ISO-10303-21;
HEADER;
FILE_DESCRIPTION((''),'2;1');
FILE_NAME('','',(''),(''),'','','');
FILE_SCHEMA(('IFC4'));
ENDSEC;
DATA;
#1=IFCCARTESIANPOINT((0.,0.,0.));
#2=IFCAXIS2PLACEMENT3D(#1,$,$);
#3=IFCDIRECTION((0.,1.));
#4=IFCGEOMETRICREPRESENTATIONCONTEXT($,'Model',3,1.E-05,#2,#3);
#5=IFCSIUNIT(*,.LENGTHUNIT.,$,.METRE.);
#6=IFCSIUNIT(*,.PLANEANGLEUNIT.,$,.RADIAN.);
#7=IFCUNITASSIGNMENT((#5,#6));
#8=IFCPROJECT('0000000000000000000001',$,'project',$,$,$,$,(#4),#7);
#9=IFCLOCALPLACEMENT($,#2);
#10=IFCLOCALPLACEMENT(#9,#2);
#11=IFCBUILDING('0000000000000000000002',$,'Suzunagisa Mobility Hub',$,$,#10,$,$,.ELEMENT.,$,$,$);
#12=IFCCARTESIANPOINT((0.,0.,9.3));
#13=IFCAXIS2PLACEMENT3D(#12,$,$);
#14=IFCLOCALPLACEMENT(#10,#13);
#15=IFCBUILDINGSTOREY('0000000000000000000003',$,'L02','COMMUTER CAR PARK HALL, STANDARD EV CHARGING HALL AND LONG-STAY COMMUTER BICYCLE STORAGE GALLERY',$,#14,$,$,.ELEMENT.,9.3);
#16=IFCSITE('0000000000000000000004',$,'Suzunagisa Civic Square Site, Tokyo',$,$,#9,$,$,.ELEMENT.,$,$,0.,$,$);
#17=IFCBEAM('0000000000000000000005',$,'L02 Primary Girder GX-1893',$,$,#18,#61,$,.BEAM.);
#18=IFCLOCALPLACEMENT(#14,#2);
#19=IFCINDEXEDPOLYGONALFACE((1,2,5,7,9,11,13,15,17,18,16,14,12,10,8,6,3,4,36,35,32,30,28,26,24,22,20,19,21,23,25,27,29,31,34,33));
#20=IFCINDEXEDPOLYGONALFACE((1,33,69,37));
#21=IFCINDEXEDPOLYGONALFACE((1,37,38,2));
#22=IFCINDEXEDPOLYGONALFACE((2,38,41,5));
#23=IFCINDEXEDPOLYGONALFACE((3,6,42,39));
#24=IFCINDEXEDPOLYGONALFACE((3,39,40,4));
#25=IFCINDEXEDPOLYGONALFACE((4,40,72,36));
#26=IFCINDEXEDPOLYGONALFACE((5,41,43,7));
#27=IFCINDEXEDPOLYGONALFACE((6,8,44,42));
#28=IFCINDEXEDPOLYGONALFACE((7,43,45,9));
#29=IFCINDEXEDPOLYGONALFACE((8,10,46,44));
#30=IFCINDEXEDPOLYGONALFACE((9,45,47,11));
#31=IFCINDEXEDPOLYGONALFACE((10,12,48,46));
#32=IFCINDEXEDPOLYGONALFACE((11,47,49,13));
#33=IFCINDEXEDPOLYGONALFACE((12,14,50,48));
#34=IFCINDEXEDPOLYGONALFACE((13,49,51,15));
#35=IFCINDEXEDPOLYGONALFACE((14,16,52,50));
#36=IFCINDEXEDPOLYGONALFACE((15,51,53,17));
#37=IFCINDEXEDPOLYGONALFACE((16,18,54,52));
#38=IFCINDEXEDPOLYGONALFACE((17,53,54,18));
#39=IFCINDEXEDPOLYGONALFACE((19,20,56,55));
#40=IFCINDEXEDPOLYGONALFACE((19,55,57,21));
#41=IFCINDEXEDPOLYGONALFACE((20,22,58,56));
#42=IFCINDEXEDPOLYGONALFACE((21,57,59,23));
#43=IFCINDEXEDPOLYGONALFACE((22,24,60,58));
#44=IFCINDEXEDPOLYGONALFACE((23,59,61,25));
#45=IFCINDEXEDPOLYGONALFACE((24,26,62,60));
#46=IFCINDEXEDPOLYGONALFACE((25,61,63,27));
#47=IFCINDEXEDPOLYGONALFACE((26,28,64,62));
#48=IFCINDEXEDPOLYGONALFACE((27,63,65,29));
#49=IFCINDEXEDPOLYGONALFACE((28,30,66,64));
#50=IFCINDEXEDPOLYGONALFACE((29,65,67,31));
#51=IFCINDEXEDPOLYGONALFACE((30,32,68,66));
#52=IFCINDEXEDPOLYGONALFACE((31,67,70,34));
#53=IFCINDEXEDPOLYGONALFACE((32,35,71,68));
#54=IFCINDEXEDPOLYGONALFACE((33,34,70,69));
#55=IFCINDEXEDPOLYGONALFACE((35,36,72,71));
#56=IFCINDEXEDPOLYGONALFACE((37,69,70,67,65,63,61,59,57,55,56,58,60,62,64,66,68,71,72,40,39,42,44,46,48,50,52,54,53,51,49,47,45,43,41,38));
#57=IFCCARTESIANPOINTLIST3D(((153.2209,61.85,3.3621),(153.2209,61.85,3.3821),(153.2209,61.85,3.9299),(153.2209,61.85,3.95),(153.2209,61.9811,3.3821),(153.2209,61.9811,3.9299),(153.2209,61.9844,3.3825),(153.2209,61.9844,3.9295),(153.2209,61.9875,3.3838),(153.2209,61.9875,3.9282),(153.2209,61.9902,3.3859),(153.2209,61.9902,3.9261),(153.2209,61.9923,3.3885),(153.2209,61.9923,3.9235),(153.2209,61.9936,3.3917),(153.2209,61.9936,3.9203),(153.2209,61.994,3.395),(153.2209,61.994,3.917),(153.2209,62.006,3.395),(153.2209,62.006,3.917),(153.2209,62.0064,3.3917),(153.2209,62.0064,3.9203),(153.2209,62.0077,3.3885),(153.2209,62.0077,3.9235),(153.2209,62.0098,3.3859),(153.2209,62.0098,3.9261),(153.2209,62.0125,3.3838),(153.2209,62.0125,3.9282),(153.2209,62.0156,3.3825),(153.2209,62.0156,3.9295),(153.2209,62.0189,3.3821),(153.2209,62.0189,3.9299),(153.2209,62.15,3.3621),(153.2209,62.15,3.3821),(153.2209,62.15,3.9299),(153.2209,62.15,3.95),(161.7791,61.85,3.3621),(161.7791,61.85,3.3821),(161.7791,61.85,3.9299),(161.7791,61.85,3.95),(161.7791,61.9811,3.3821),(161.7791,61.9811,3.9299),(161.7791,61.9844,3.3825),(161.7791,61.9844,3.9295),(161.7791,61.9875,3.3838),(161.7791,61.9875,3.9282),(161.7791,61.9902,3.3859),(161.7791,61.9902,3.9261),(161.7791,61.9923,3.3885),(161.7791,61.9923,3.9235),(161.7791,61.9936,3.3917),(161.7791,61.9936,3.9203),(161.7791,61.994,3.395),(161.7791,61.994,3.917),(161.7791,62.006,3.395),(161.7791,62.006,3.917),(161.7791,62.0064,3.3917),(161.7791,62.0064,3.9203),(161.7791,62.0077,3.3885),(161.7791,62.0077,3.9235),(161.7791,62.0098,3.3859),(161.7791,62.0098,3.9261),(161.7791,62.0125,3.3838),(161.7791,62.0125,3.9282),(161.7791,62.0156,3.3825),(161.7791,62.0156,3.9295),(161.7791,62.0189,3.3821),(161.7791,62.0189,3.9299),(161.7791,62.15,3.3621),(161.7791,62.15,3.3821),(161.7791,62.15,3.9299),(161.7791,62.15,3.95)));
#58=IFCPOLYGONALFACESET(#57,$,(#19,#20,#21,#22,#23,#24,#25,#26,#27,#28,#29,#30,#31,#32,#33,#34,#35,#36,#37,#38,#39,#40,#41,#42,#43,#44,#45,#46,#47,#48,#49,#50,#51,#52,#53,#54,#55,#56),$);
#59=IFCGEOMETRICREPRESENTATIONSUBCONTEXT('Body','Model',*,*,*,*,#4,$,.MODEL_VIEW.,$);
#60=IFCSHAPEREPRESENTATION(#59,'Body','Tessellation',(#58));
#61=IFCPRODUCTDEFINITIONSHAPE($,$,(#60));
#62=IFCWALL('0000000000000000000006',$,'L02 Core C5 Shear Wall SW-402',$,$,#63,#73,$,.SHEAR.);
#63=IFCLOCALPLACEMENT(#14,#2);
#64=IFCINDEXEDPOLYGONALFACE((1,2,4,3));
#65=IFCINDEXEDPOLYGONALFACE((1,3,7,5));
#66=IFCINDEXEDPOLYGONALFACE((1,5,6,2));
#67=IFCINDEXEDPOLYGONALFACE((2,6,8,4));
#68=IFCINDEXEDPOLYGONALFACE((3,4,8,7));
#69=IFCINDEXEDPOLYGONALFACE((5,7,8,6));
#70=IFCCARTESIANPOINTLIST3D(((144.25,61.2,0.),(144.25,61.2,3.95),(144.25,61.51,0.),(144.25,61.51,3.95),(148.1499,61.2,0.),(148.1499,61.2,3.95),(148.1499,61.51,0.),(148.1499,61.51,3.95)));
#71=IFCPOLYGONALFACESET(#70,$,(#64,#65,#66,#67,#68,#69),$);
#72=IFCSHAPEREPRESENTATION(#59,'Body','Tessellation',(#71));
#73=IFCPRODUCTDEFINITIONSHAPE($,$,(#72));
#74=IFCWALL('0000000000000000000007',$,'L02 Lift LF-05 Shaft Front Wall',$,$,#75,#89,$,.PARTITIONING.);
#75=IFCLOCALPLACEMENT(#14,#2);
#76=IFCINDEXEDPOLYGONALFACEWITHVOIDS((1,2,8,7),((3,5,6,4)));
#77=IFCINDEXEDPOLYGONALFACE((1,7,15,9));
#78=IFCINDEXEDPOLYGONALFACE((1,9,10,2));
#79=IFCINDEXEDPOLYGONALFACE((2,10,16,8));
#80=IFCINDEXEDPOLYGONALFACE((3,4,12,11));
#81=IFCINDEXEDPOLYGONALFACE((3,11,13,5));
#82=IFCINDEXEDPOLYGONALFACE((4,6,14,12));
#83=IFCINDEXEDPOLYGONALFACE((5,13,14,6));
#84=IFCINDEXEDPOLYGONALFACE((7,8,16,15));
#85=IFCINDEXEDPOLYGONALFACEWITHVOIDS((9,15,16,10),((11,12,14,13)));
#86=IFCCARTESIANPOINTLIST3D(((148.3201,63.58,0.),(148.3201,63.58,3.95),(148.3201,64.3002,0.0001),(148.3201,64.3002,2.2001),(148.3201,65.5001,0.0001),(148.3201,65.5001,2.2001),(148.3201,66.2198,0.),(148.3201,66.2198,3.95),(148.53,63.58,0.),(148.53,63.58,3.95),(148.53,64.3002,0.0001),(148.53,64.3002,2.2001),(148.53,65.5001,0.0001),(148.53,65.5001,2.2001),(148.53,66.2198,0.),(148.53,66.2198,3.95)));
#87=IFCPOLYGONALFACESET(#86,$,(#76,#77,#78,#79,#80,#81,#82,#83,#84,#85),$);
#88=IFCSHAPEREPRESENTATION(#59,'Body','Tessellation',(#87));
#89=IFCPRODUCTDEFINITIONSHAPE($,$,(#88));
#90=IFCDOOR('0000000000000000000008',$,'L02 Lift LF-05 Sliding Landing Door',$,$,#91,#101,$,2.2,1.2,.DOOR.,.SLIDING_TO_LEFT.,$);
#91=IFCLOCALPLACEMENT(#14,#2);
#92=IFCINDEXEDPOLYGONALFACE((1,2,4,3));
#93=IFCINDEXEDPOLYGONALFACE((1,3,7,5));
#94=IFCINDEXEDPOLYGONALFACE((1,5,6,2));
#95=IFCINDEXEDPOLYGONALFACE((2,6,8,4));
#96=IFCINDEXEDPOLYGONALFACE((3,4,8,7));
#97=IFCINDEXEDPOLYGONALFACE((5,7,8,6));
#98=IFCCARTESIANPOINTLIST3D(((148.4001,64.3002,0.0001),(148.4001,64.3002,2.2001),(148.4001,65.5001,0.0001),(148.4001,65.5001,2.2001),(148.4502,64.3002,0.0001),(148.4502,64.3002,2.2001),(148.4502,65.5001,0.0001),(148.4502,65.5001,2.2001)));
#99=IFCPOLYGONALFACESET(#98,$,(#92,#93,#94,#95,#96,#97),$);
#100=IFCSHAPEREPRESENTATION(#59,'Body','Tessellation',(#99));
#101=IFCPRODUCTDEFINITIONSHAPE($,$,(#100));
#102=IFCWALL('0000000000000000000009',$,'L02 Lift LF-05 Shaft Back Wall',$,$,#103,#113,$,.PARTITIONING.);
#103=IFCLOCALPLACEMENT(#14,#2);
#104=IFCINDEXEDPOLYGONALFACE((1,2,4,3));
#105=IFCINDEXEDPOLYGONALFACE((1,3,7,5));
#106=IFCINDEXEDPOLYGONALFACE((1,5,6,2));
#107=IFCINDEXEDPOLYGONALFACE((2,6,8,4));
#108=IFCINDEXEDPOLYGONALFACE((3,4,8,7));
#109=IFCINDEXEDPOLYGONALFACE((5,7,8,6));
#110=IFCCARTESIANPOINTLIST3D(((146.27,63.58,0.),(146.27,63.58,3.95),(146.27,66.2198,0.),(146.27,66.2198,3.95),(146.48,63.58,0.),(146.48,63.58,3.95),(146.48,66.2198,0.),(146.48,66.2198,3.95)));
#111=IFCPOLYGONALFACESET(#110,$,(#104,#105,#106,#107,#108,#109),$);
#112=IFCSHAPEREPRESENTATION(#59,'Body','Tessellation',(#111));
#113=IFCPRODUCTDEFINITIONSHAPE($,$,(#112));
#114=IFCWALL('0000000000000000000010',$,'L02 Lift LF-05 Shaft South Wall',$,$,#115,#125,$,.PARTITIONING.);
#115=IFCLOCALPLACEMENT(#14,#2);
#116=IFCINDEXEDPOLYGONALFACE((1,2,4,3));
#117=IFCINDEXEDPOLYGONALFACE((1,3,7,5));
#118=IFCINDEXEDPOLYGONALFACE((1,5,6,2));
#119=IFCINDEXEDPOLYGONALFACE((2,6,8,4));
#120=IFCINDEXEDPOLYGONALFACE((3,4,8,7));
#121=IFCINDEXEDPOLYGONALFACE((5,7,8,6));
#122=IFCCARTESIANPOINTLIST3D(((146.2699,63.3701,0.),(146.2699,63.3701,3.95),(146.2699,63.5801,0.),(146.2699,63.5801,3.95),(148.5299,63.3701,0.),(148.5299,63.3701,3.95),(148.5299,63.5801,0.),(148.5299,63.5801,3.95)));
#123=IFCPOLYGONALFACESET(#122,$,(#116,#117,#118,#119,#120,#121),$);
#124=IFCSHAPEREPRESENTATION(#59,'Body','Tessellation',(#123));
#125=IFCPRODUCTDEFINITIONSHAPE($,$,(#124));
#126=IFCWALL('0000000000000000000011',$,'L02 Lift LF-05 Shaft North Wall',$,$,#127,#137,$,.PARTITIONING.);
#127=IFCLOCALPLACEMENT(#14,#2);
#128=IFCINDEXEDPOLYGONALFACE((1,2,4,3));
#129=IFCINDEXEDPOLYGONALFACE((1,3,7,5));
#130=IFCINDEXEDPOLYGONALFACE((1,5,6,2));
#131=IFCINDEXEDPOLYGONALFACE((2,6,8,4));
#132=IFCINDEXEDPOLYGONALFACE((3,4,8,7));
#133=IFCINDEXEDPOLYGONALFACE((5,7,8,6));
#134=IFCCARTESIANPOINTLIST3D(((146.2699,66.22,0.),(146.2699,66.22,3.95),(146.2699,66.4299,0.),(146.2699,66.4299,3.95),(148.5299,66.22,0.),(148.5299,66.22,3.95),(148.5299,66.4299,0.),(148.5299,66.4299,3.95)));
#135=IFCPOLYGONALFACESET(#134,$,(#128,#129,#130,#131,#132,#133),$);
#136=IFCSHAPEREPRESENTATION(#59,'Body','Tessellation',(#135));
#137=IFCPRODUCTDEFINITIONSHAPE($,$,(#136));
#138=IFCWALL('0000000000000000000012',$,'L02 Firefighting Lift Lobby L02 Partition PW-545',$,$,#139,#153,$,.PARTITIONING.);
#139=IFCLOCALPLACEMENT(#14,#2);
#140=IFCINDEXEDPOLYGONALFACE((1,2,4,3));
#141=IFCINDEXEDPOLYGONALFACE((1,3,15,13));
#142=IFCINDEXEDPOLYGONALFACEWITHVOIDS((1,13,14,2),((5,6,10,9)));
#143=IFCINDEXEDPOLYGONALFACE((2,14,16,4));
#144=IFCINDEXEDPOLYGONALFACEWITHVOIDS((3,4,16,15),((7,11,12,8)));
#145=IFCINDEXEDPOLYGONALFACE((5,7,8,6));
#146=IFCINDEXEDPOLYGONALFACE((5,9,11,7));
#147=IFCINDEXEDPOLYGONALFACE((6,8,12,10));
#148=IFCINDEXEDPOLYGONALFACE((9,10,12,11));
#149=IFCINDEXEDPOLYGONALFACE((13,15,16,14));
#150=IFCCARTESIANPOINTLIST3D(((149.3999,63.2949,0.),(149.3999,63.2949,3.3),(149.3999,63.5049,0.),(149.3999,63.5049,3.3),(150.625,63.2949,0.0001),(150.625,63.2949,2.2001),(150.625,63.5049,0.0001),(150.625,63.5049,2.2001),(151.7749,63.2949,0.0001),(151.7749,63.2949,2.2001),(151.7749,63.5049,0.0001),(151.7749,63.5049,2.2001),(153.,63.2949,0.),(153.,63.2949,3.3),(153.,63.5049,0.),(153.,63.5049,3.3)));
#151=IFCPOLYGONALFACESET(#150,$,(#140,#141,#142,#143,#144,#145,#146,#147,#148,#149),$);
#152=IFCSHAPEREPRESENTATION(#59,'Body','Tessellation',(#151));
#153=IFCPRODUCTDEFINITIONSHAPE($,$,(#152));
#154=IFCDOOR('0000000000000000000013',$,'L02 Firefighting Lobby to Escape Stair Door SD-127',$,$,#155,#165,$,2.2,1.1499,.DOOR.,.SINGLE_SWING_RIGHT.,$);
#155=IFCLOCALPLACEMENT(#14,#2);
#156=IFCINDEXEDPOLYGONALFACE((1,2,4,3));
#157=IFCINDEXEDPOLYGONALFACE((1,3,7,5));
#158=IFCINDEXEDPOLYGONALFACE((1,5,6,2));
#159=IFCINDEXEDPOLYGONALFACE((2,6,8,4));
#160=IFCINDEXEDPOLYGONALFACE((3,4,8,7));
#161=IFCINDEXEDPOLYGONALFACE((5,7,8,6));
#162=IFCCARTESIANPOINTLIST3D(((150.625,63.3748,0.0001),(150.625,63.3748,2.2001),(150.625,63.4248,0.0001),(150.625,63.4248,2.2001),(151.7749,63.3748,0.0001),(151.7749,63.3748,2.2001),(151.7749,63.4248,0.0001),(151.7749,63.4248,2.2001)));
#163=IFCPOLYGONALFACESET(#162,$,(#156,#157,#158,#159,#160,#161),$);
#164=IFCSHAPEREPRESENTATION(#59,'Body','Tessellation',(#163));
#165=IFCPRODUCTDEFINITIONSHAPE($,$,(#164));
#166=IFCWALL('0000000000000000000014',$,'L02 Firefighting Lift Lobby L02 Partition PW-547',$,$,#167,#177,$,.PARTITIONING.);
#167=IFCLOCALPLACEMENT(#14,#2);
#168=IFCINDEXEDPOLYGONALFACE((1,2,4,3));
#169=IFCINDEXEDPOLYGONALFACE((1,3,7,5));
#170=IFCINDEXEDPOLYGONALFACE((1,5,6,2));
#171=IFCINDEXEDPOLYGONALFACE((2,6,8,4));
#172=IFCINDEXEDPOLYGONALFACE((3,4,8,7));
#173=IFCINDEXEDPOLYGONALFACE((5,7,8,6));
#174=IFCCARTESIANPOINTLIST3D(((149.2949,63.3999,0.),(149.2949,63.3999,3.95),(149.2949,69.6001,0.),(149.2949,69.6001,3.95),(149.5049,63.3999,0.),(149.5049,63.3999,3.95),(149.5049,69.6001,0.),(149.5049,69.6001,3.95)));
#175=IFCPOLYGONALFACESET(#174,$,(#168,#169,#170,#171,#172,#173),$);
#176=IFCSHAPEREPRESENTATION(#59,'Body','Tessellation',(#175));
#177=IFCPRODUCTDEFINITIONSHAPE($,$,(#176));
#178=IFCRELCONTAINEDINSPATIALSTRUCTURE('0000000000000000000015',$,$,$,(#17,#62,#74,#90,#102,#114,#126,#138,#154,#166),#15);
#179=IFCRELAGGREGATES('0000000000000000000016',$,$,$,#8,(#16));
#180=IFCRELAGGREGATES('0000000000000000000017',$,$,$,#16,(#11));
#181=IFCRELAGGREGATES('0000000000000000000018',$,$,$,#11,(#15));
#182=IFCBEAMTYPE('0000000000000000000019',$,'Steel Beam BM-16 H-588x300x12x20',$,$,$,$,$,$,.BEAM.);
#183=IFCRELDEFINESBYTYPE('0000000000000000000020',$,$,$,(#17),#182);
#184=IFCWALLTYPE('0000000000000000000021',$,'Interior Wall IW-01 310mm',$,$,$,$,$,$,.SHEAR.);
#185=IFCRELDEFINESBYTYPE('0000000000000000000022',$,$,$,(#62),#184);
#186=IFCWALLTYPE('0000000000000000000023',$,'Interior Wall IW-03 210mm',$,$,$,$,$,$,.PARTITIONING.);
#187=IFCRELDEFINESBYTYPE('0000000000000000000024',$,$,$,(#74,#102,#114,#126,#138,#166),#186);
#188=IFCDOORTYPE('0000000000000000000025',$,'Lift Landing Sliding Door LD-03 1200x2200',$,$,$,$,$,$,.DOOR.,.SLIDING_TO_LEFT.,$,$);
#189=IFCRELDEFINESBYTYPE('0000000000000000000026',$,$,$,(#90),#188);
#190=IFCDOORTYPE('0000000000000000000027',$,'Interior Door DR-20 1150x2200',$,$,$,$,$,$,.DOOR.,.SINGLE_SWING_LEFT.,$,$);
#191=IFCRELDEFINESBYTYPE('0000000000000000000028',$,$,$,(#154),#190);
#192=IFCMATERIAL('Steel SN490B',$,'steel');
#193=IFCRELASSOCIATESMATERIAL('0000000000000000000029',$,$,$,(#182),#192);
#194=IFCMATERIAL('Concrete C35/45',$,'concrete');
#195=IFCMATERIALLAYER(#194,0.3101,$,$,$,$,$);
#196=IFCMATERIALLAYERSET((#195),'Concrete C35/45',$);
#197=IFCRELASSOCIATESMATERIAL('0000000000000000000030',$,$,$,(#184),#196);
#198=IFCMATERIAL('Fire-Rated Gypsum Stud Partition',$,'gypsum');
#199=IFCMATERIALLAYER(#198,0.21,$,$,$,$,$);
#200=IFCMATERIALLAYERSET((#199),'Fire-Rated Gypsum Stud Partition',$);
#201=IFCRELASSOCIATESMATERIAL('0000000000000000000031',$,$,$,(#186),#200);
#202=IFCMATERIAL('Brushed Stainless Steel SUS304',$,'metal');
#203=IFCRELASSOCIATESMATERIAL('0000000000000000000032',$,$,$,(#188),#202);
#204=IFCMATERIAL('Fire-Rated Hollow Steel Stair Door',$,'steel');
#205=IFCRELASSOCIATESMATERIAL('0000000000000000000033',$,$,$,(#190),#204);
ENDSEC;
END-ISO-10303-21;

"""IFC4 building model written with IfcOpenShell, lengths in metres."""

from ifc_helpers import new_model, si_unit, direction, frame, frame_2d, origin, origin_2d, place, context, subcontext, project, spatial, rectangle, i_section, extrude, material, layer, layer_set, material_profile, profile_set, type_object, element, fill, save


model = new_model("IFC4")

# Units and contexts
model_context = context("Model", 3, precision=1e-05, world=origin(), true_north=direction((0.0, 1.0)))
body_context = subcontext(model_context, "Body", "Model", "MODEL_VIEW")
ifc_project = project(units=[si_unit("LENGTHUNIT", "METRE"), si_unit("PLANEANGLEUNIT", "RADIAN")], contexts=[model_context])

# Site, building, storey
site_placement = place(None, origin())
site = spatial("IfcSite", under=ifc_project, at=site_placement, Name="Suzunagisa Civic Square Site, Tokyo", CompositionType="ELEMENT", RefElevation=0.0)
building_placement = place(site_placement, origin())
building = spatial("IfcBuilding", under=site, at=building_placement, Name="Suzunagisa Mobility Hub", CompositionType="ELEMENT")
storey_placement = place(building_placement, frame((0.0, 0.0, 9.3)))
storey = spatial("IfcBuildingStorey", under=building, at=storey_placement, Name="L02", Description="COMMUTER CAR PARK HALL, STANDARD EV CHARGING HALL AND LONG-STAY COMMUTER BICYCLE STORAGE GALLERY", CompositionType="ELEMENT", Elevation=9.3)

# Shared definitions
ifc_material_1 = material(Name="Steel SN490B", Category="steel")

# Beam
ifc_material_profile_1 = material_profile(ifc_material_1, i_section(OverallWidth=0.3, OverallDepth=0.5879, WebThickness=0.012, FlangeThickness=0.02, FilletRadius=0.0129, at=origin_2d()), Name="H-588x300x12x20")
ifc_profile_set_1 = profile_set([ifc_material_profile_1], Name="Steel SN490B")
beam_type_1 = type_object("IfcBeamType", Name="Steel Beam BM-16 H-588x300x12x20", PredefinedType="BEAM", material=ifc_profile_set_1)
for number, where, z_axis, x_axis, name in (
    (1, (153.2209, 62.0, 3.656), (1.0, 0.0, 0.0), (0.0, 1.0, 0.0), "L02 Primary Girder GX-1893"),
):
    element("IfcBeam", number, at=place(storey_placement, frame(where, z_axis=z_axis, x_axis=x_axis)), inside=storey, type_object=beam_type_1, Name=name, PredefinedType="BEAM", context=body_context, shape_type="SweptSolid", body=[
        extrude(i_section(OverallWidth=0.3, OverallDepth=0.5879, WebThickness=0.012, FlangeThickness=0.02, FilletRadius=0.0129, at=origin_2d()), origin(), (0.0, 0.0, 1.0), 8.5581),
    ])

# Wall
ifc_material_2 = material(Name="Concrete C35/45", Category="concrete")
ifc_layer_1 = layer(ifc_material_2, 0.3101)
ifc_layer_set_1 = layer_set([ifc_layer_1], Name="Concrete C35/45")
wall_type_1 = type_object("IfcWallType", Name="Interior Wall IW-01 310mm", PredefinedType="SHEAR", material=ifc_layer_set_1)
wall_1_placement = place(storey_placement, frame((144.25, 61.355, 0.0), z_axis=(0.0, 0.0, 1.0), x_axis=(1.0, 0.0, 0.0)))
element("IfcWall", 2, at=wall_1_placement, inside=storey, type_object=wall_type_1, Name="L02 Core C5 Shear Wall SW-402", PredefinedType="SHEAR", context=body_context, shape_type="SweptSolid", body=[
    extrude(rectangle(XDim=3.8999, YDim=0.3101, at=frame_2d((1.95, 0.0))), origin(), (0.0, 0.0, 1.0), 3.95),
])

# Wall, opening, door
ifc_material_3 = material(Name="Fire-Rated Gypsum Stud Partition", Category="gypsum")
ifc_layer_2 = layer(ifc_material_3, 0.21)
ifc_layer_set_2 = layer_set([ifc_layer_2], Name="Fire-Rated Gypsum Stud Partition")
wall_type_2 = type_object("IfcWallType", Name="Interior Wall IW-03 210mm", PredefinedType="PARTITIONING", material=ifc_layer_set_2)
wall_2_placement = place(storey_placement, frame((148.425, 63.5801, 0.0), z_axis=(0.0, 0.0, 1.0), x_axis=(0.0, 1.0, 0.0)))
wall_2 = element("IfcWall", 3, at=wall_2_placement, inside=storey, type_object=wall_type_2, Name="L02 Lift LF-05 Shaft Front Wall", PredefinedType="PARTITIONING", context=body_context, shape_type="SweptSolid", body=[
    extrude(rectangle(XDim=2.6399, YDim=0.21, at=frame_2d((1.3198, 0.0))), origin(), (0.0, 0.0, 1.0), 3.95),
])
opening_1_placement = place(wall_2_placement, frame((0.72, 0.0, 0.0)))
opening_1 = element("IfcOpeningElement", 4, at=opening_1_placement, cuts=wall_2, PredefinedType="OPENING", context=body_context, shape_type="SweptSolid", body=[
    extrude(rectangle(XDim=1.2, YDim=2.2, at=frame_2d((0.6001, 1.1001))), frame((0.0, 0.116, 0.0), z_axis=(0.0, -1.0, 0.0), x_axis=(1.0, 0.0, 0.0)), (0.0, 0.0, 1.0), 0.2319),
])
ifc_material_4 = material(Name="Brushed Stainless Steel SUS304", Category="metal")
door_type_1 = type_object("IfcDoorType", Name="Lift Landing Sliding Door LD-03 1200x2200", OperationType="SLIDING_TO_LEFT", PredefinedType="DOOR", material=ifc_material_4)
door_1_placement = place(opening_1_placement, origin())
door_1 = element("IfcDoor", 5, at=door_1_placement, inside=storey, type_object=door_type_1, Name="L02 Lift LF-05 Sliding Landing Door", OperationType="SLIDING_TO_LEFT", OverallHeight=2.2, OverallWidth=1.2, PredefinedType="DOOR", context=body_context, shape_type="SweptSolid", body=[
    extrude(rectangle(XDim=1.2, YDim=2.2, at=frame_2d((0.6001, 1.1001))), frame((0.0, 0.0249, 0.0), z_axis=(0.0, -1.0, 0.0), x_axis=(1.0, 0.0, 0.0)), (0.0, 0.0, 1.0), 0.05),
])
fill(opening_1, door_1)

# Walls
wall_3_placement = place(storey_placement, frame((146.375, 63.5801, 0.0), z_axis=(0.0, 0.0, 1.0), x_axis=(0.0, 1.0, 0.0)))
element("IfcWall", 6, at=wall_3_placement, inside=storey, type_object=wall_type_2, Name="L02 Lift LF-05 Shaft Back Wall", PredefinedType="PARTITIONING", context=body_context, shape_type="SweptSolid", body=[
    extrude(rectangle(XDim=2.6399, YDim=0.21, at=frame_2d((1.3198, 0.0))), origin(), (0.0, 0.0, 1.0), 3.95),
])
for number, where, z_axis, x_axis, name in (
    (7, (146.27, 63.4751, 0.0), (0.0, 0.0, 1.0), (1.0, 0.0, 0.0), "L02 Lift LF-05 Shaft South Wall"),
    (8, (146.27, 66.325, 0.0), (0.0, 0.0, 1.0), (1.0, 0.0, 0.0), "L02 Lift LF-05 Shaft North Wall"),
):
    element("IfcWall", number, at=place(storey_placement, frame(where, z_axis=z_axis, x_axis=x_axis)), inside=storey, type_object=wall_type_2, Name=name, PredefinedType="PARTITIONING", context=body_context, shape_type="SweptSolid", body=[
        extrude(rectangle(XDim=2.26, YDim=0.21, at=frame_2d((1.1299, 0.0))), origin(), (0.0, 0.0, 1.0), 3.95),
    ])

# Wall, opening, door
wall_4_placement = place(storey_placement, frame((149.3999, 63.3999, 0.0), z_axis=(0.0, 0.0, 1.0), x_axis=(1.0, 0.0, 0.0)))
wall_4 = element("IfcWall", 9, at=wall_4_placement, inside=storey, type_object=wall_type_2, Name="L02 Firefighting Lift Lobby L02 Partition PW-545", PredefinedType="PARTITIONING", context=body_context, shape_type="SweptSolid", body=[
    extrude(rectangle(XDim=3.6001, YDim=0.21, at=frame_2d((1.8, 0.0))), origin(), (0.0, 0.0, 1.0), 3.3),
])
opening_2_placement = place(wall_4_placement, frame((1.2251, 0.0, 0.0)))
opening_2 = element("IfcOpeningElement", 10, at=opening_2_placement, cuts=wall_4, PredefinedType="OPENING", context=body_context, shape_type="SweptSolid", body=[
    extrude(rectangle(XDim=1.1499, YDim=2.2, at=frame_2d((0.575, 1.1001))), frame((0.0, 0.116, 0.0), z_axis=(0.0, -1.0, 0.0), x_axis=(1.0, 0.0, 0.0)), (0.0, 0.0, 1.0), 0.2319),
])
ifc_material_5 = material(Name="Fire-Rated Hollow Steel Stair Door", Category="steel")
door_type_2 = type_object("IfcDoorType", Name="Interior Door DR-20 1150x2200", OperationType="SINGLE_SWING_LEFT", PredefinedType="DOOR", material=ifc_material_5)
door_2_placement = place(opening_2_placement, origin())
door_2 = element("IfcDoor", 11, at=door_2_placement, inside=storey, type_object=door_type_2, Name="L02 Firefighting Lobby to Escape Stair Door SD-127", OperationType="SINGLE_SWING_RIGHT", OverallHeight=2.2, OverallWidth=1.1499, PredefinedType="DOOR", context=body_context, shape_type="SweptSolid", body=[
    extrude(rectangle(XDim=1.1499, YDim=2.2, at=frame_2d((0.575, 1.1001))), frame((0.0, 0.0249, 0.0), z_axis=(0.0, -1.0, 0.0), x_axis=(1.0, 0.0, 0.0)), (0.0, 0.0, 1.0), 0.05),
])
fill(opening_2, door_2)

# Wall
wall_5_placement = place(storey_placement, frame((149.3999, 63.3999, 0.0), z_axis=(0.0, 0.0, 1.0), x_axis=(0.0, 1.0, 0.0)))
element("IfcWall", 12, at=wall_5_placement, inside=storey, type_object=wall_type_2, Name="L02 Firefighting Lift Lobby L02 Partition PW-547", PredefinedType="PARTITIONING", context=body_context, shape_type="SweptSolid", body=[
    extrude(rectangle(XDim=6.2002, YDim=0.21, at=frame_2d((3.1001, 0.0))), origin(), (0.0, 0.0, 1.0), 3.95),
])

save(model, "model.ifc")
